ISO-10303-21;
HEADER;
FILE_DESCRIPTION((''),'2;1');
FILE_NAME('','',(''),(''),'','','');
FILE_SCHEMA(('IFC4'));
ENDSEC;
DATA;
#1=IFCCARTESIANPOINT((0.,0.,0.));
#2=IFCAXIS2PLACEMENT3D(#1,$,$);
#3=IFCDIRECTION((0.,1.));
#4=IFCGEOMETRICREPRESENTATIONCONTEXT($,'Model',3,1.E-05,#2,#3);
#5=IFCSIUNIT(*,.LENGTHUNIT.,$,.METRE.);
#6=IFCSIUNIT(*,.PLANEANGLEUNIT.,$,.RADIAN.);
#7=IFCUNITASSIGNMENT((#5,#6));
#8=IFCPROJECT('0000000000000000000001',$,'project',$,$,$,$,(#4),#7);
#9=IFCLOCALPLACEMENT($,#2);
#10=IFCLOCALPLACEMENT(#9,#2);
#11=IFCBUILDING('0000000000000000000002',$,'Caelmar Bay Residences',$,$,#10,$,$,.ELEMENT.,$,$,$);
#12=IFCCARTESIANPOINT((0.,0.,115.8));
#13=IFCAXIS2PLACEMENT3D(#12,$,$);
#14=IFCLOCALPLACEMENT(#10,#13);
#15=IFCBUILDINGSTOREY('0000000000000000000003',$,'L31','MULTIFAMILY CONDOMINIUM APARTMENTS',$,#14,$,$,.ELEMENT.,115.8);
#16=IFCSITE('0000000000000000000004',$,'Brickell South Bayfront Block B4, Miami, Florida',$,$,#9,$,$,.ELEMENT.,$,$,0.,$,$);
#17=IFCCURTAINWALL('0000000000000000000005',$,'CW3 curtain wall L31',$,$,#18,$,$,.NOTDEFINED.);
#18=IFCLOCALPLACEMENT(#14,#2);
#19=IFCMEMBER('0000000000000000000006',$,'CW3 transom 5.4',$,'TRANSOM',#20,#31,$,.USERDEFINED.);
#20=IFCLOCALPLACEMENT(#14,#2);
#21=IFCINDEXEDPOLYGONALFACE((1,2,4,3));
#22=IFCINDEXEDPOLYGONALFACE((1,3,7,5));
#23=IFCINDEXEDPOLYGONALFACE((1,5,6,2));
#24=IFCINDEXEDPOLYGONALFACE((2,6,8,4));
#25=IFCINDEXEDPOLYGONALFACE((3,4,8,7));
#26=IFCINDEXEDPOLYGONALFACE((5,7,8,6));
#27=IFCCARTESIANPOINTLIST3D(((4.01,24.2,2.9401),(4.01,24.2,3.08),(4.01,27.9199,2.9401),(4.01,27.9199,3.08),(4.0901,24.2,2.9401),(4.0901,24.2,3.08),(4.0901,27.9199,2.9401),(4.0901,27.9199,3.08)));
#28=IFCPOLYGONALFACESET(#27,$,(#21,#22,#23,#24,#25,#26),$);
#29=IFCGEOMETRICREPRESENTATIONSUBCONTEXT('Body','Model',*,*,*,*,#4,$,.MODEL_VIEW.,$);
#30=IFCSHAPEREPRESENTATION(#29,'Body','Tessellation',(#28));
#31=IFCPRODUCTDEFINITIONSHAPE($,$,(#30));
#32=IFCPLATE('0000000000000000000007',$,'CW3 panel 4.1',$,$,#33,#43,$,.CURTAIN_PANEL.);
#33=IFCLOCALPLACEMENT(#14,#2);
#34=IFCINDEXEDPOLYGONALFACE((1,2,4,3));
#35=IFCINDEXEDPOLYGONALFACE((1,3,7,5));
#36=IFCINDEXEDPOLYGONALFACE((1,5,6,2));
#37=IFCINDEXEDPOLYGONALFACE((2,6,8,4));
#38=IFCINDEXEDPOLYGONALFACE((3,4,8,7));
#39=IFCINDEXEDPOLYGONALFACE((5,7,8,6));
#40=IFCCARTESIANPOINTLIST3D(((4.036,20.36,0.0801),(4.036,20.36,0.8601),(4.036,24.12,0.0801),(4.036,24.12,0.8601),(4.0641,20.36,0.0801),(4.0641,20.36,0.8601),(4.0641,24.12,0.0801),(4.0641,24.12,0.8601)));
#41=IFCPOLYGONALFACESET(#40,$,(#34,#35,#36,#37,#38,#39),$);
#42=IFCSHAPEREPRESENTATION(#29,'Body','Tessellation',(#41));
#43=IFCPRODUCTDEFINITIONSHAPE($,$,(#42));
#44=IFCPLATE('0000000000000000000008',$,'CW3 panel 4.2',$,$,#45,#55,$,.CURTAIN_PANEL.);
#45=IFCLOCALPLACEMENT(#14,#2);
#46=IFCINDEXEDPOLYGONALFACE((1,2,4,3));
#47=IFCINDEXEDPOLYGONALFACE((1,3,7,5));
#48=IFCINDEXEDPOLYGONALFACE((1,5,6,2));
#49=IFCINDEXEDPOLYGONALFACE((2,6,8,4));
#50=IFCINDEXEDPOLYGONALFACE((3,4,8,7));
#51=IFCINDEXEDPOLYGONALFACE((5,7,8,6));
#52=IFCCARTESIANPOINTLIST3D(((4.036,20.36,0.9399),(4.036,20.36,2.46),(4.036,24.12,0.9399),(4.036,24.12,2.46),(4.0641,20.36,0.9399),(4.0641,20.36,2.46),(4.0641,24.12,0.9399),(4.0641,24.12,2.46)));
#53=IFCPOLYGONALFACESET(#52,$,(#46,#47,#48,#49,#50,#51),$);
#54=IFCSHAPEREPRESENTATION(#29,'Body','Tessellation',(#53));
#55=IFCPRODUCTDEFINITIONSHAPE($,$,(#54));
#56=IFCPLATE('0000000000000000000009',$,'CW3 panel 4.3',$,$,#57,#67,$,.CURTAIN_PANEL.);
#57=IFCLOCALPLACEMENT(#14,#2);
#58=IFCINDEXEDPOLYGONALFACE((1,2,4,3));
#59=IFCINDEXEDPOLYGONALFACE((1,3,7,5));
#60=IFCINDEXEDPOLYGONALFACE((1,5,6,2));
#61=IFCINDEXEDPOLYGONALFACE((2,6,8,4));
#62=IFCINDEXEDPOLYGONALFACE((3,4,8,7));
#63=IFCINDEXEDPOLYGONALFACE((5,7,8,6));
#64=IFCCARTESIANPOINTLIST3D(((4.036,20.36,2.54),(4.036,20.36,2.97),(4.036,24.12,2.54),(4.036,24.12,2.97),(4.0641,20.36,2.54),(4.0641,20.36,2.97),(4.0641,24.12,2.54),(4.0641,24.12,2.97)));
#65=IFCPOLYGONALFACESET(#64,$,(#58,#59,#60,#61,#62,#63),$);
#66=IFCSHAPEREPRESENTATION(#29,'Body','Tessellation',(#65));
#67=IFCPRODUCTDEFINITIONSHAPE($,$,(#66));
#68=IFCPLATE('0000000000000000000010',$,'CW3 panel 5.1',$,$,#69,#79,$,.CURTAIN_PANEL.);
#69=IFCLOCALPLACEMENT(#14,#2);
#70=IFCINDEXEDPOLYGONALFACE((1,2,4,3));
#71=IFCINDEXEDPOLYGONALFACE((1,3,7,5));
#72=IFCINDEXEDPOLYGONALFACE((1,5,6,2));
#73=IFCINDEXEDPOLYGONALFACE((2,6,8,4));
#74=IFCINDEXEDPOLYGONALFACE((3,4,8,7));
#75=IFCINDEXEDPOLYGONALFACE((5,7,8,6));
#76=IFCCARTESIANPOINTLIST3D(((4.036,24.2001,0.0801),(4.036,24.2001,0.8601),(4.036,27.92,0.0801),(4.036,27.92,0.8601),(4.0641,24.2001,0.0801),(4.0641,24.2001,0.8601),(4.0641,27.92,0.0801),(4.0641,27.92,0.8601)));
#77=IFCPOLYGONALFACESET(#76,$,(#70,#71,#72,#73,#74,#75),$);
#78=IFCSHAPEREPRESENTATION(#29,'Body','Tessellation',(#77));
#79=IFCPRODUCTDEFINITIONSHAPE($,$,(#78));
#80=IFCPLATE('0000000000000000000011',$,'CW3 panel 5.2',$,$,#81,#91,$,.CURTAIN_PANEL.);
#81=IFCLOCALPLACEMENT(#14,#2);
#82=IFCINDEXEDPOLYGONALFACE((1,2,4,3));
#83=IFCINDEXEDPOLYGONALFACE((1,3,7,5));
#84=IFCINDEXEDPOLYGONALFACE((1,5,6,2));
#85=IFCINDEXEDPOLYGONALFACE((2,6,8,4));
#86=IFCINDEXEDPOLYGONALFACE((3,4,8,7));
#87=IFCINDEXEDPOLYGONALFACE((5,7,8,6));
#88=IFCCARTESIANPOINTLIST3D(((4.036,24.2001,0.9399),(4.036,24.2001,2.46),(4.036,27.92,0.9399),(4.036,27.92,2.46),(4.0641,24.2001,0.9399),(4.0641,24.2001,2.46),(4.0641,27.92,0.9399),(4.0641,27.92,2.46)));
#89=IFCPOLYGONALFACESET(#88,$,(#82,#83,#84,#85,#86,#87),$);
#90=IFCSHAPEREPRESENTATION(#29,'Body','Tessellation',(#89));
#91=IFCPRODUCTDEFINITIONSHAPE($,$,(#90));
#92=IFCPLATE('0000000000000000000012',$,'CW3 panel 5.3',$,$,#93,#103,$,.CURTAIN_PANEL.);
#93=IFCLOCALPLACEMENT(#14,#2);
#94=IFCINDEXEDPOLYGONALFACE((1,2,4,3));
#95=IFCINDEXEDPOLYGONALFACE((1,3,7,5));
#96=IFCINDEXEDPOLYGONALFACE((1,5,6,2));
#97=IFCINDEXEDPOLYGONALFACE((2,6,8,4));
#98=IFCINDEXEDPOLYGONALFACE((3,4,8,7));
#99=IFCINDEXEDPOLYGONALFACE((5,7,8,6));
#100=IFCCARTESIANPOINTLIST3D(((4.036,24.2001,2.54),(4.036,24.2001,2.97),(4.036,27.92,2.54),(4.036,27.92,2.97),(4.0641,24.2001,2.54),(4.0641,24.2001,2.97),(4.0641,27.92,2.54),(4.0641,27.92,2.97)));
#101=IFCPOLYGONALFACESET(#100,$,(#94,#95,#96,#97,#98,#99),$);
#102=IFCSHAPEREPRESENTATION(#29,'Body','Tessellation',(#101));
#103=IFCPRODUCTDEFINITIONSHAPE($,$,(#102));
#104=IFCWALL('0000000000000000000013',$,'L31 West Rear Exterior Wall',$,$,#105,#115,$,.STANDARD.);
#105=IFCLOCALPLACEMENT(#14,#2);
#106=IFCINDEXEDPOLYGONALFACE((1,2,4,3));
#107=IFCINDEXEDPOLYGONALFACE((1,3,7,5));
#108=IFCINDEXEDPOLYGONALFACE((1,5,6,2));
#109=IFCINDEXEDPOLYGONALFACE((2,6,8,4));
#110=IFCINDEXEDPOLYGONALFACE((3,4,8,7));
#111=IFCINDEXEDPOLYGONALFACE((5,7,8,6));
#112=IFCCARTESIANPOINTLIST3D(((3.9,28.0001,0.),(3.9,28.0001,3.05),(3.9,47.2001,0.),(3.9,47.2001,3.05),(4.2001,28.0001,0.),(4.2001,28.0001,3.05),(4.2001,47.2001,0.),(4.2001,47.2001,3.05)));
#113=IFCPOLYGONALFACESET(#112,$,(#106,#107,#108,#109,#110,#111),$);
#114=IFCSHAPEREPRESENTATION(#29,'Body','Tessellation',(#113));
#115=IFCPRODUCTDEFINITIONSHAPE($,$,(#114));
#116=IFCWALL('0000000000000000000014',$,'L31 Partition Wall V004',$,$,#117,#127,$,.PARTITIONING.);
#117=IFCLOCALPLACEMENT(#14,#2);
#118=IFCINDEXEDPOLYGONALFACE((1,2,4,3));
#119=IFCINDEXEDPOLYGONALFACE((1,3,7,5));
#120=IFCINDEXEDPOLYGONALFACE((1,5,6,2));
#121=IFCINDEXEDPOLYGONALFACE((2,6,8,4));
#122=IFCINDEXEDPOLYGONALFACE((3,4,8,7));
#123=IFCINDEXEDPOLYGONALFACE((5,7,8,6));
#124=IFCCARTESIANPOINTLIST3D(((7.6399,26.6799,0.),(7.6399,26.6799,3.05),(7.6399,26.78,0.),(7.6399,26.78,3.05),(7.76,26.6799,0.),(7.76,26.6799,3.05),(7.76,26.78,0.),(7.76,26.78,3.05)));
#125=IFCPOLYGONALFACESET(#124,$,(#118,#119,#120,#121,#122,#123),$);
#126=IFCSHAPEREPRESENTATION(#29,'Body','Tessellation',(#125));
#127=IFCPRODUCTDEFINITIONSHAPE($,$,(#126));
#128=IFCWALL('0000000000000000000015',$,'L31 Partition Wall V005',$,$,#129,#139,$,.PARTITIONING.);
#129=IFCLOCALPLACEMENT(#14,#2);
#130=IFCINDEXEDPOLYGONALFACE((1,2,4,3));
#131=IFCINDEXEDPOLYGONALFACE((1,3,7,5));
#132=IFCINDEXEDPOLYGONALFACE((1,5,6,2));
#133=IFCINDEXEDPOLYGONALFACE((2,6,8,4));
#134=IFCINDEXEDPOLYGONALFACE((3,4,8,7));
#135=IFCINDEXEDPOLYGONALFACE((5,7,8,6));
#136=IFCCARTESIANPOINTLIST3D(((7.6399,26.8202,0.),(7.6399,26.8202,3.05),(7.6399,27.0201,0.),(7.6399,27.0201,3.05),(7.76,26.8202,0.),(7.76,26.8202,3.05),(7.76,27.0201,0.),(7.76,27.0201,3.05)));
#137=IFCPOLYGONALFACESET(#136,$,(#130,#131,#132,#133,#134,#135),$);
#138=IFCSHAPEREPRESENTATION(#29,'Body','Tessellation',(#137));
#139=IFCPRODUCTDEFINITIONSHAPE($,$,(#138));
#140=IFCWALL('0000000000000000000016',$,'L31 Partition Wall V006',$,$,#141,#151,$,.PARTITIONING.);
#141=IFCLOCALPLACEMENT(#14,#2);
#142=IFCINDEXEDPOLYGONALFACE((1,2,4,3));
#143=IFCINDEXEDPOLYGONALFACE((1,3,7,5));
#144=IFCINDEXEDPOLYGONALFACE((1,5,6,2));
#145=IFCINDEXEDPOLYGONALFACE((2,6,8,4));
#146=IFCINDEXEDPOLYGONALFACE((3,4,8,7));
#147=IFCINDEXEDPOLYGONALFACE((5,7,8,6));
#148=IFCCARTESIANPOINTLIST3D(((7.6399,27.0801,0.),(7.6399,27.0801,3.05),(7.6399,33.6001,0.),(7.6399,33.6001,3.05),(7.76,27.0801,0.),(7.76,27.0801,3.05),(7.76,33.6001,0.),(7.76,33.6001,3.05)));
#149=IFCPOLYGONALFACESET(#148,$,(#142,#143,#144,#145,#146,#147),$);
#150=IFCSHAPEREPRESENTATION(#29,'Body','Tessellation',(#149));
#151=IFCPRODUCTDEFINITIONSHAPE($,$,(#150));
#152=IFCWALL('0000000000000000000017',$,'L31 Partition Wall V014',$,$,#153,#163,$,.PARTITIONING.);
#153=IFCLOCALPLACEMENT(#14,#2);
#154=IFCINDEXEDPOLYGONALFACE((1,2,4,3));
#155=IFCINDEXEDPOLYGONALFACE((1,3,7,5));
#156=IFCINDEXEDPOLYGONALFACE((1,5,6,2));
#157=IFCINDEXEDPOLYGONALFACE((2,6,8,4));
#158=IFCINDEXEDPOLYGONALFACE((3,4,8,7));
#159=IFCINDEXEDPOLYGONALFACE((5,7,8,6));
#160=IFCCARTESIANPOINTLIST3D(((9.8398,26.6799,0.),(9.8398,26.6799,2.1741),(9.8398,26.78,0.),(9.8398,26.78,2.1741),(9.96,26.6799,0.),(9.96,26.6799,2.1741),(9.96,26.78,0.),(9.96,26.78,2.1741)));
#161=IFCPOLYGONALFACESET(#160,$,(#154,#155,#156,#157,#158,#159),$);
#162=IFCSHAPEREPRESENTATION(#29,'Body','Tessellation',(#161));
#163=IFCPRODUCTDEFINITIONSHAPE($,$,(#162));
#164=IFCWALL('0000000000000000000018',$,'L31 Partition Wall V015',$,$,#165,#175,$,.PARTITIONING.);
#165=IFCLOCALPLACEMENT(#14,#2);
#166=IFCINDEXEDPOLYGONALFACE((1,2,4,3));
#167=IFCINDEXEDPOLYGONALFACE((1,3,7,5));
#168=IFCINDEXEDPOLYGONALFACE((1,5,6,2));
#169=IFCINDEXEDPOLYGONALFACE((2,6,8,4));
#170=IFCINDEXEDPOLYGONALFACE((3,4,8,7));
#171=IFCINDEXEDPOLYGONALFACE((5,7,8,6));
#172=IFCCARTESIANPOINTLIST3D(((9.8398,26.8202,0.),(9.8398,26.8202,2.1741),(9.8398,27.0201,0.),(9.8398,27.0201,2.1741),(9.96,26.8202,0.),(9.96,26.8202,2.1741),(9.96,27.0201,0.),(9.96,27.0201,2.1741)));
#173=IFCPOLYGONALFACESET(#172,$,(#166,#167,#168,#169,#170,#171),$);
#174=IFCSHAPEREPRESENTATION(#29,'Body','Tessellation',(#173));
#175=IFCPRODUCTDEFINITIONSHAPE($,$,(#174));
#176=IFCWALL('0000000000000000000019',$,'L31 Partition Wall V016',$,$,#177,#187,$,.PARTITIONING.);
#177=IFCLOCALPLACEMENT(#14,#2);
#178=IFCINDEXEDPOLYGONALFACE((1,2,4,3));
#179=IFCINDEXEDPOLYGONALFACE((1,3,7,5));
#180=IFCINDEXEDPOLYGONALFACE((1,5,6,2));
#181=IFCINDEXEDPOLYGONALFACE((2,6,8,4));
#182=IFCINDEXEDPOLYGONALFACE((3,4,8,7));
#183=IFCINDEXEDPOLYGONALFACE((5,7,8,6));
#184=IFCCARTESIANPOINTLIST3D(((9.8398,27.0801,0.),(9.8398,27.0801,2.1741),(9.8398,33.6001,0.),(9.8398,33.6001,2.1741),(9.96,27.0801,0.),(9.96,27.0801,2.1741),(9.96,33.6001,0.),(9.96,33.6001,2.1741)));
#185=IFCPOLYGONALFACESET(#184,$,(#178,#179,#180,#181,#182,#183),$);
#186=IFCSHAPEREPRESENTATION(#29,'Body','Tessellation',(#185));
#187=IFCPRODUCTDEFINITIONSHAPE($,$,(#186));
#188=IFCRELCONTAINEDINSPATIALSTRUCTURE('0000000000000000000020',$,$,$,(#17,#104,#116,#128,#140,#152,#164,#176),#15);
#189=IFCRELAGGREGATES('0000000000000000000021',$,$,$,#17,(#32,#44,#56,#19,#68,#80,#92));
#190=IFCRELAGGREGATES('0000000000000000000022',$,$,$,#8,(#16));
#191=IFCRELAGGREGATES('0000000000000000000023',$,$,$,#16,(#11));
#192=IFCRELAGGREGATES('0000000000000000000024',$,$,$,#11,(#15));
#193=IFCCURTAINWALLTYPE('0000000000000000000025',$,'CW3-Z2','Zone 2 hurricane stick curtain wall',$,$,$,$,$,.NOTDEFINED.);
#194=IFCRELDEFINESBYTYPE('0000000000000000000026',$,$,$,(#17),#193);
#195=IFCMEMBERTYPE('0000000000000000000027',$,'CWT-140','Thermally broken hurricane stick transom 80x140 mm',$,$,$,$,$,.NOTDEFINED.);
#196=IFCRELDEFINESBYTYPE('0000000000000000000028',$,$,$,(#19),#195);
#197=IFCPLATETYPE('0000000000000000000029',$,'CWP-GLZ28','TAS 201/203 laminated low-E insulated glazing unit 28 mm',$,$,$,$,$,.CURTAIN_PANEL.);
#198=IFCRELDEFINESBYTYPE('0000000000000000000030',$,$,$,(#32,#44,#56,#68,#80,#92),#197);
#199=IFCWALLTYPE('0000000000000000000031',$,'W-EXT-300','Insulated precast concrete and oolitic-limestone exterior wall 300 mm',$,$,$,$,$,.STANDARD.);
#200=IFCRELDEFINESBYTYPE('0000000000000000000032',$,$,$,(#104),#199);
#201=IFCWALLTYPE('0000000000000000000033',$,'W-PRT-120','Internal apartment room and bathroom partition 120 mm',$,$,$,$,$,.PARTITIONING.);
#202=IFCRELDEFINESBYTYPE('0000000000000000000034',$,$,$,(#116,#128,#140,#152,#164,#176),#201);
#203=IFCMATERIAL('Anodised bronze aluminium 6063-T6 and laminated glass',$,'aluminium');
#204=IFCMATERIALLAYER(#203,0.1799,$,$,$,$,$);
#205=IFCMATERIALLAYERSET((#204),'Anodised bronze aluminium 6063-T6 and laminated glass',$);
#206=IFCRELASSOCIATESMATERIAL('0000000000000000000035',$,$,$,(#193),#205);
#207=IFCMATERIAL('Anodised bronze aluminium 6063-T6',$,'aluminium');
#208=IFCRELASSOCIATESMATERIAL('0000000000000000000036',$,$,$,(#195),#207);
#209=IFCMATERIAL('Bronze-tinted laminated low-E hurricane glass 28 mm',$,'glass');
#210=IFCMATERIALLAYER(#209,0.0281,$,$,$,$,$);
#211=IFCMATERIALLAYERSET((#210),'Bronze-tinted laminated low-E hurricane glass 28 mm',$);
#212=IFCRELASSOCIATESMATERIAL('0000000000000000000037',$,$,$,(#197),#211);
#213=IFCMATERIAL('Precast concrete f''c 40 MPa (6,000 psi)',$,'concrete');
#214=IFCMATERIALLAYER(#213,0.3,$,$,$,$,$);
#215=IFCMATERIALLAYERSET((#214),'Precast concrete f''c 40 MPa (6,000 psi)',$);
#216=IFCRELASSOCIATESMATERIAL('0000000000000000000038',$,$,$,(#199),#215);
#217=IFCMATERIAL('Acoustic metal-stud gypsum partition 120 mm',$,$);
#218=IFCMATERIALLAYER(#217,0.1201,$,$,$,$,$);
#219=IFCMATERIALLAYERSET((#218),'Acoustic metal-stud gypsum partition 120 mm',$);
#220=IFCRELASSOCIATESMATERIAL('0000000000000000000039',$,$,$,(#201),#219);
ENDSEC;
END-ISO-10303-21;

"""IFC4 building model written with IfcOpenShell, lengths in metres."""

from ifc_helpers import new_model, si_unit, direction, frame, frame_2d, origin, origin_2d, place, context, subcontext, project, spatial, rectangle, extrude, material, layer, layer_set, material_profile, profile_set, type_object, element, aggregate, save


model = new_model("IFC4")

# Units and contexts
model_context = context("Model", 3, precision=1e-05, world=origin(), true_north=direction((0.0, 1.0)))
body_context = subcontext(model_context, "Body", "Model", "MODEL_VIEW")
ifc_project = project(units=[si_unit("LENGTHUNIT", "METRE"), si_unit("PLANEANGLEUNIT", "RADIAN")], contexts=[model_context])

# Site, building, storey
site_placement = place(None, origin())
site = spatial("IfcSite", under=ifc_project, at=site_placement, Name="Brickell South Bayfront Block B4, Miami, Florida", CompositionType="ELEMENT", RefElevation=0.0)
building_placement = place(site_placement, origin())
building = spatial("IfcBuilding", under=site, at=building_placement, Name="Caelmar Bay Residences", CompositionType="ELEMENT")
storey_placement = place(building_placement, frame((0.0, 0.0, 115.8)))
storey = spatial("IfcBuildingStorey", under=building, at=storey_placement, Name="L31", Description="MULTIFAMILY CONDOMINIUM APARTMENTS", CompositionType="ELEMENT", Elevation=115.8)

# Curtain wall, member, plates
ifc_material_1 = material(Name="Anodised bronze aluminium 6063-T6 and laminated glass", Category="aluminium")
ifc_layer_1 = layer(ifc_material_1, 0.1799)
ifc_layer_set_1 = layer_set([ifc_layer_1], Name="Anodised bronze aluminium 6063-T6 and laminated glass")
curtain_wall_type = type_object("IfcCurtainWallType", Name="CW3-Z2", Description="Zone 2 hurricane stick curtain wall", PredefinedType="NOTDEFINED", material=ifc_layer_set_1)
curtain_wall_placement = place(storey_placement, origin())
curtain_wall = element("IfcCurtainWall", 1, at=curtain_wall_placement, inside=storey, type_object=curtain_wall_type, Name="CW3 curtain wall L31", PredefinedType="NOTDEFINED")
ifc_material_2 = material(Name="Anodised bronze aluminium 6063-T6", Category="aluminium")
ifc_material_profile_1 = material_profile(ifc_material_2, rectangle(XDim=0.0801, YDim=0.1399, at=origin_2d()), Name="CWT-80X140")
ifc_profile_set_1 = profile_set([ifc_material_profile_1], Name="Anodised bronze aluminium 6063-T6")
member_type_1 = type_object("IfcMemberType", Name="CWT-140", Description="Thermally broken hurricane stick transom 80x140 mm", PredefinedType="NOTDEFINED", material=ifc_profile_set_1)
member_1_placement = place(storey_placement, frame((4.05, 24.2, 3.01), z_axis=(0.0, 1.0, 0.0), x_axis=(-1.0, 0.0, 0.0)))
member_1 = element("IfcMember", 2, at=member_1_placement, type_object=member_type_1, Name="CW3 transom 5.4", ObjectType="TRANSOM", PredefinedType="USERDEFINED", context=body_context, shape_type="SweptSolid", body=[
    extrude(rectangle(XDim=0.0801, YDim=0.1399, at=origin_2d()), origin(), (0.0, 0.0, 1.0), 3.72),
])
ifc_material_3 = material(Name="Bronze-tinted laminated low-E hurricane glass 28 mm", Category="glass")
ifc_layer_2 = layer(ifc_material_3, 0.0281)
ifc_layer_set_2 = layer_set([ifc_layer_2], Name="Bronze-tinted laminated low-E hurricane glass 28 mm")
plate_type = type_object("IfcPlateType", Name="CWP-GLZ28", Description="TAS 201/203 laminated low-E insulated glazing unit 28 mm", PredefinedType="CURTAIN_PANEL", material=ifc_layer_set_2)
plate_1_placement = place(storey_placement, frame((4.05, 22.24, 0.0801), z_axis=(0.0, 0.0, 1.0), x_axis=(0.0, 1.0, 0.0)))
plate_1 = element("IfcPlate", 3, at=plate_1_placement, type_object=plate_type, Name="CW3 panel 4.1", PredefinedType="CURTAIN_PANEL", context=body_context, shape_type="SweptSolid", body=[
    extrude(rectangle(XDim=3.76, YDim=0.0281, at=origin_2d()), origin(), (0.0, 0.0, 1.0), 0.78),
])
plate_2_placement = place(storey_placement, frame((4.05, 22.24, 0.9399), z_axis=(0.0, 0.0, 1.0), x_axis=(0.0, 1.0, 0.0)))
plate_2 = element("IfcPlate", 4, at=plate_2_placement, type_object=plate_type, Name="CW3 panel 4.2", PredefinedType="CURTAIN_PANEL", context=body_context, shape_type="SweptSolid", body=[
    extrude(rectangle(XDim=3.76, YDim=0.0281, at=origin_2d()), origin(), (0.0, 0.0, 1.0), 1.52),
])
plate_3_placement = place(storey_placement, frame((4.05, 22.24, 2.54), z_axis=(0.0, 0.0, 1.0), x_axis=(0.0, 1.0, 0.0)))
plate_3 = element("IfcPlate", 5, at=plate_3_placement, type_object=plate_type, Name="CW3 panel 4.3", PredefinedType="CURTAIN_PANEL", context=body_context, shape_type="SweptSolid", body=[
    extrude(rectangle(XDim=3.76, YDim=0.0281, at=origin_2d()), origin(), (0.0, 0.0, 1.0), 0.4299),
])
plate_4_placement = place(storey_placement, frame((4.05, 26.0601, 0.0801), z_axis=(0.0, 0.0, 1.0), x_axis=(0.0, 1.0, 0.0)))
plate_4 = element("IfcPlate", 6, at=plate_4_placement, type_object=plate_type, Name="CW3 panel 5.1", PredefinedType="CURTAIN_PANEL", context=body_context, shape_type="SweptSolid", body=[
    extrude(rectangle(XDim=3.72, YDim=0.0281, at=origin_2d()), origin(), (0.0, 0.0, 1.0), 0.78),
])
plate_5_placement = place(storey_placement, frame((4.05, 26.0601, 0.9399), z_axis=(0.0, 0.0, 1.0), x_axis=(0.0, 1.0, 0.0)))
plate_5 = element("IfcPlate", 7, at=plate_5_placement, type_object=plate_type, Name="CW3 panel 5.2", PredefinedType="CURTAIN_PANEL", context=body_context, shape_type="SweptSolid", body=[
    extrude(rectangle(XDim=3.72, YDim=0.0281, at=origin_2d()), origin(), (0.0, 0.0, 1.0), 1.52),
])
plate_6_placement = place(storey_placement, frame((4.05, 26.0601, 2.54), z_axis=(0.0, 0.0, 1.0), x_axis=(0.0, 1.0, 0.0)))
plate_6 = element("IfcPlate", 8, at=plate_6_placement, type_object=plate_type, Name="CW3 panel 5.3", PredefinedType="CURTAIN_PANEL", context=body_context, shape_type="SweptSolid", body=[
    extrude(rectangle(XDim=3.72, YDim=0.0281, at=origin_2d()), origin(), (0.0, 0.0, 1.0), 0.4299),
])
aggregate(curtain_wall, [plate_1, plate_2, plate_3, member_1, plate_4, plate_5, plate_6])

# Walls
ifc_material_4 = material(Name="Precast concrete f'c 40 MPa (6,000 psi)", Category="concrete")
ifc_layer_3 = layer(ifc_material_4, 0.3)
ifc_layer_set_3 = layer_set([ifc_layer_3], Name="Precast concrete f'c 40 MPa (6,000 psi)")
wall_type_1 = type_object("IfcWallType", Name="W-EXT-300", Description="Insulated precast concrete and oolitic-limestone exterior wall 300 mm", PredefinedType="STANDARD", material=ifc_layer_set_3)
wall_1_placement = place(storey_placement, frame((4.05, 28.0, 0.0), z_axis=(0.0, 0.0, 1.0), x_axis=(0.0, 1.0, 0.0)))
element("IfcWall", 9, at=wall_1_placement, inside=storey, type_object=wall_type_1, Name="L31 West Rear Exterior Wall", PredefinedType="STANDARD", context=body_context, shape_type="SweptSolid", body=[
    extrude(rectangle(XDim=19.2, YDim=0.3, at=frame_2d((9.6001, 0.0))), origin(), (0.0, 0.0, 1.0), 3.05),
])
ifc_material_5 = material(Name="Acoustic metal-stud gypsum partition 120 mm")
ifc_layer_4 = layer(ifc_material_5, 0.1201)
ifc_layer_set_4 = layer_set([ifc_layer_4], Name="Acoustic metal-stud gypsum partition 120 mm")
wall_type_2 = type_object("IfcWallType", Name="W-PRT-120", Description="Internal apartment room and bathroom partition 120 mm", PredefinedType="PARTITIONING", material=ifc_layer_set_4)
wall_2_placement = place(storey_placement, frame((7.7, 26.6799, 0.0), z_axis=(0.0, 0.0, 1.0), x_axis=(0.0, 1.0, 0.0)))
element("IfcWall", 10, at=wall_2_placement, inside=storey, type_object=wall_type_2, Name="L31 Partition Wall V004", PredefinedType="PARTITIONING", context=body_context, shape_type="SweptSolid", body=[
    extrude(rectangle(XDim=0.1001, YDim=0.1201, at=frame_2d((0.05, 0.0))), origin(), (0.0, 0.0, 1.0), 3.05),
])
wall_3_placement = place(storey_placement, frame((7.7, 26.8201, 0.0), z_axis=(0.0, 0.0, 1.0), x_axis=(0.0, 1.0, 0.0)))
element("IfcWall", 11, at=wall_3_placement, inside=storey, type_object=wall_type_2, Name="L31 Partition Wall V005", PredefinedType="PARTITIONING", context=body_context, shape_type="SweptSolid", body=[
    extrude(rectangle(XDim=0.2, YDim=0.1201, at=frame_2d((0.1001, 0.0))), origin(), (0.0, 0.0, 1.0), 3.05),
])
wall_4_placement = place(storey_placement, frame((7.7, 27.0801, 0.0), z_axis=(0.0, 0.0, 1.0), x_axis=(0.0, 1.0, 0.0)))
element("IfcWall", 12, at=wall_4_placement, inside=storey, type_object=wall_type_2, Name="L31 Partition Wall V006", PredefinedType="PARTITIONING", context=body_context, shape_type="SweptSolid", body=[
    extrude(rectangle(XDim=6.52, YDim=0.1201, at=frame_2d((3.26, 0.0))), origin(), (0.0, 0.0, 1.0), 3.05),
])
wall_5_placement = place(storey_placement, frame((9.8999, 26.6799, 0.0), z_axis=(0.0, 0.0, 1.0), x_axis=(0.0, 1.0, 0.0)))
element("IfcWall", 13, at=wall_5_placement, inside=storey, type_object=wall_type_2, Name="L31 Partition Wall V014", PredefinedType="PARTITIONING", context=body_context, shape_type="SweptSolid", body=[
    extrude(rectangle(XDim=0.1001, YDim=0.1201, at=frame_2d((0.05, 0.0))), origin(), (0.0, 0.0, 1.0), 2.1741),
])
wall_6_placement = place(storey_placement, frame((9.8999, 26.8201, 0.0), z_axis=(0.0, 0.0, 1.0), x_axis=(0.0, 1.0, 0.0)))
element("IfcWall", 14, at=wall_6_placement, inside=storey, type_object=wall_type_2, Name="L31 Partition Wall V015", PredefinedType="PARTITIONING", context=body_context, shape_type="SweptSolid", body=[
    extrude(rectangle(XDim=0.2, YDim=0.1201, at=frame_2d((0.1001, 0.0))), origin(), (0.0, 0.0, 1.0), 2.1741),
])
wall_7_placement = place(storey_placement, frame((9.8999, 27.0801, 0.0), z_axis=(0.0, 0.0, 1.0), x_axis=(0.0, 1.0, 0.0)))
element("IfcWall", 15, at=wall_7_placement, inside=storey, type_object=wall_type_2, Name="L31 Partition Wall V016", PredefinedType="PARTITIONING", context=body_context, shape_type="SweptSolid", body=[
    extrude(rectangle(XDim=6.52, YDim=0.1201, at=frame_2d((3.26, 0.0))), origin(), (0.0, 0.0, 1.0), 2.1741),
])

save(model, "model.ifc")
